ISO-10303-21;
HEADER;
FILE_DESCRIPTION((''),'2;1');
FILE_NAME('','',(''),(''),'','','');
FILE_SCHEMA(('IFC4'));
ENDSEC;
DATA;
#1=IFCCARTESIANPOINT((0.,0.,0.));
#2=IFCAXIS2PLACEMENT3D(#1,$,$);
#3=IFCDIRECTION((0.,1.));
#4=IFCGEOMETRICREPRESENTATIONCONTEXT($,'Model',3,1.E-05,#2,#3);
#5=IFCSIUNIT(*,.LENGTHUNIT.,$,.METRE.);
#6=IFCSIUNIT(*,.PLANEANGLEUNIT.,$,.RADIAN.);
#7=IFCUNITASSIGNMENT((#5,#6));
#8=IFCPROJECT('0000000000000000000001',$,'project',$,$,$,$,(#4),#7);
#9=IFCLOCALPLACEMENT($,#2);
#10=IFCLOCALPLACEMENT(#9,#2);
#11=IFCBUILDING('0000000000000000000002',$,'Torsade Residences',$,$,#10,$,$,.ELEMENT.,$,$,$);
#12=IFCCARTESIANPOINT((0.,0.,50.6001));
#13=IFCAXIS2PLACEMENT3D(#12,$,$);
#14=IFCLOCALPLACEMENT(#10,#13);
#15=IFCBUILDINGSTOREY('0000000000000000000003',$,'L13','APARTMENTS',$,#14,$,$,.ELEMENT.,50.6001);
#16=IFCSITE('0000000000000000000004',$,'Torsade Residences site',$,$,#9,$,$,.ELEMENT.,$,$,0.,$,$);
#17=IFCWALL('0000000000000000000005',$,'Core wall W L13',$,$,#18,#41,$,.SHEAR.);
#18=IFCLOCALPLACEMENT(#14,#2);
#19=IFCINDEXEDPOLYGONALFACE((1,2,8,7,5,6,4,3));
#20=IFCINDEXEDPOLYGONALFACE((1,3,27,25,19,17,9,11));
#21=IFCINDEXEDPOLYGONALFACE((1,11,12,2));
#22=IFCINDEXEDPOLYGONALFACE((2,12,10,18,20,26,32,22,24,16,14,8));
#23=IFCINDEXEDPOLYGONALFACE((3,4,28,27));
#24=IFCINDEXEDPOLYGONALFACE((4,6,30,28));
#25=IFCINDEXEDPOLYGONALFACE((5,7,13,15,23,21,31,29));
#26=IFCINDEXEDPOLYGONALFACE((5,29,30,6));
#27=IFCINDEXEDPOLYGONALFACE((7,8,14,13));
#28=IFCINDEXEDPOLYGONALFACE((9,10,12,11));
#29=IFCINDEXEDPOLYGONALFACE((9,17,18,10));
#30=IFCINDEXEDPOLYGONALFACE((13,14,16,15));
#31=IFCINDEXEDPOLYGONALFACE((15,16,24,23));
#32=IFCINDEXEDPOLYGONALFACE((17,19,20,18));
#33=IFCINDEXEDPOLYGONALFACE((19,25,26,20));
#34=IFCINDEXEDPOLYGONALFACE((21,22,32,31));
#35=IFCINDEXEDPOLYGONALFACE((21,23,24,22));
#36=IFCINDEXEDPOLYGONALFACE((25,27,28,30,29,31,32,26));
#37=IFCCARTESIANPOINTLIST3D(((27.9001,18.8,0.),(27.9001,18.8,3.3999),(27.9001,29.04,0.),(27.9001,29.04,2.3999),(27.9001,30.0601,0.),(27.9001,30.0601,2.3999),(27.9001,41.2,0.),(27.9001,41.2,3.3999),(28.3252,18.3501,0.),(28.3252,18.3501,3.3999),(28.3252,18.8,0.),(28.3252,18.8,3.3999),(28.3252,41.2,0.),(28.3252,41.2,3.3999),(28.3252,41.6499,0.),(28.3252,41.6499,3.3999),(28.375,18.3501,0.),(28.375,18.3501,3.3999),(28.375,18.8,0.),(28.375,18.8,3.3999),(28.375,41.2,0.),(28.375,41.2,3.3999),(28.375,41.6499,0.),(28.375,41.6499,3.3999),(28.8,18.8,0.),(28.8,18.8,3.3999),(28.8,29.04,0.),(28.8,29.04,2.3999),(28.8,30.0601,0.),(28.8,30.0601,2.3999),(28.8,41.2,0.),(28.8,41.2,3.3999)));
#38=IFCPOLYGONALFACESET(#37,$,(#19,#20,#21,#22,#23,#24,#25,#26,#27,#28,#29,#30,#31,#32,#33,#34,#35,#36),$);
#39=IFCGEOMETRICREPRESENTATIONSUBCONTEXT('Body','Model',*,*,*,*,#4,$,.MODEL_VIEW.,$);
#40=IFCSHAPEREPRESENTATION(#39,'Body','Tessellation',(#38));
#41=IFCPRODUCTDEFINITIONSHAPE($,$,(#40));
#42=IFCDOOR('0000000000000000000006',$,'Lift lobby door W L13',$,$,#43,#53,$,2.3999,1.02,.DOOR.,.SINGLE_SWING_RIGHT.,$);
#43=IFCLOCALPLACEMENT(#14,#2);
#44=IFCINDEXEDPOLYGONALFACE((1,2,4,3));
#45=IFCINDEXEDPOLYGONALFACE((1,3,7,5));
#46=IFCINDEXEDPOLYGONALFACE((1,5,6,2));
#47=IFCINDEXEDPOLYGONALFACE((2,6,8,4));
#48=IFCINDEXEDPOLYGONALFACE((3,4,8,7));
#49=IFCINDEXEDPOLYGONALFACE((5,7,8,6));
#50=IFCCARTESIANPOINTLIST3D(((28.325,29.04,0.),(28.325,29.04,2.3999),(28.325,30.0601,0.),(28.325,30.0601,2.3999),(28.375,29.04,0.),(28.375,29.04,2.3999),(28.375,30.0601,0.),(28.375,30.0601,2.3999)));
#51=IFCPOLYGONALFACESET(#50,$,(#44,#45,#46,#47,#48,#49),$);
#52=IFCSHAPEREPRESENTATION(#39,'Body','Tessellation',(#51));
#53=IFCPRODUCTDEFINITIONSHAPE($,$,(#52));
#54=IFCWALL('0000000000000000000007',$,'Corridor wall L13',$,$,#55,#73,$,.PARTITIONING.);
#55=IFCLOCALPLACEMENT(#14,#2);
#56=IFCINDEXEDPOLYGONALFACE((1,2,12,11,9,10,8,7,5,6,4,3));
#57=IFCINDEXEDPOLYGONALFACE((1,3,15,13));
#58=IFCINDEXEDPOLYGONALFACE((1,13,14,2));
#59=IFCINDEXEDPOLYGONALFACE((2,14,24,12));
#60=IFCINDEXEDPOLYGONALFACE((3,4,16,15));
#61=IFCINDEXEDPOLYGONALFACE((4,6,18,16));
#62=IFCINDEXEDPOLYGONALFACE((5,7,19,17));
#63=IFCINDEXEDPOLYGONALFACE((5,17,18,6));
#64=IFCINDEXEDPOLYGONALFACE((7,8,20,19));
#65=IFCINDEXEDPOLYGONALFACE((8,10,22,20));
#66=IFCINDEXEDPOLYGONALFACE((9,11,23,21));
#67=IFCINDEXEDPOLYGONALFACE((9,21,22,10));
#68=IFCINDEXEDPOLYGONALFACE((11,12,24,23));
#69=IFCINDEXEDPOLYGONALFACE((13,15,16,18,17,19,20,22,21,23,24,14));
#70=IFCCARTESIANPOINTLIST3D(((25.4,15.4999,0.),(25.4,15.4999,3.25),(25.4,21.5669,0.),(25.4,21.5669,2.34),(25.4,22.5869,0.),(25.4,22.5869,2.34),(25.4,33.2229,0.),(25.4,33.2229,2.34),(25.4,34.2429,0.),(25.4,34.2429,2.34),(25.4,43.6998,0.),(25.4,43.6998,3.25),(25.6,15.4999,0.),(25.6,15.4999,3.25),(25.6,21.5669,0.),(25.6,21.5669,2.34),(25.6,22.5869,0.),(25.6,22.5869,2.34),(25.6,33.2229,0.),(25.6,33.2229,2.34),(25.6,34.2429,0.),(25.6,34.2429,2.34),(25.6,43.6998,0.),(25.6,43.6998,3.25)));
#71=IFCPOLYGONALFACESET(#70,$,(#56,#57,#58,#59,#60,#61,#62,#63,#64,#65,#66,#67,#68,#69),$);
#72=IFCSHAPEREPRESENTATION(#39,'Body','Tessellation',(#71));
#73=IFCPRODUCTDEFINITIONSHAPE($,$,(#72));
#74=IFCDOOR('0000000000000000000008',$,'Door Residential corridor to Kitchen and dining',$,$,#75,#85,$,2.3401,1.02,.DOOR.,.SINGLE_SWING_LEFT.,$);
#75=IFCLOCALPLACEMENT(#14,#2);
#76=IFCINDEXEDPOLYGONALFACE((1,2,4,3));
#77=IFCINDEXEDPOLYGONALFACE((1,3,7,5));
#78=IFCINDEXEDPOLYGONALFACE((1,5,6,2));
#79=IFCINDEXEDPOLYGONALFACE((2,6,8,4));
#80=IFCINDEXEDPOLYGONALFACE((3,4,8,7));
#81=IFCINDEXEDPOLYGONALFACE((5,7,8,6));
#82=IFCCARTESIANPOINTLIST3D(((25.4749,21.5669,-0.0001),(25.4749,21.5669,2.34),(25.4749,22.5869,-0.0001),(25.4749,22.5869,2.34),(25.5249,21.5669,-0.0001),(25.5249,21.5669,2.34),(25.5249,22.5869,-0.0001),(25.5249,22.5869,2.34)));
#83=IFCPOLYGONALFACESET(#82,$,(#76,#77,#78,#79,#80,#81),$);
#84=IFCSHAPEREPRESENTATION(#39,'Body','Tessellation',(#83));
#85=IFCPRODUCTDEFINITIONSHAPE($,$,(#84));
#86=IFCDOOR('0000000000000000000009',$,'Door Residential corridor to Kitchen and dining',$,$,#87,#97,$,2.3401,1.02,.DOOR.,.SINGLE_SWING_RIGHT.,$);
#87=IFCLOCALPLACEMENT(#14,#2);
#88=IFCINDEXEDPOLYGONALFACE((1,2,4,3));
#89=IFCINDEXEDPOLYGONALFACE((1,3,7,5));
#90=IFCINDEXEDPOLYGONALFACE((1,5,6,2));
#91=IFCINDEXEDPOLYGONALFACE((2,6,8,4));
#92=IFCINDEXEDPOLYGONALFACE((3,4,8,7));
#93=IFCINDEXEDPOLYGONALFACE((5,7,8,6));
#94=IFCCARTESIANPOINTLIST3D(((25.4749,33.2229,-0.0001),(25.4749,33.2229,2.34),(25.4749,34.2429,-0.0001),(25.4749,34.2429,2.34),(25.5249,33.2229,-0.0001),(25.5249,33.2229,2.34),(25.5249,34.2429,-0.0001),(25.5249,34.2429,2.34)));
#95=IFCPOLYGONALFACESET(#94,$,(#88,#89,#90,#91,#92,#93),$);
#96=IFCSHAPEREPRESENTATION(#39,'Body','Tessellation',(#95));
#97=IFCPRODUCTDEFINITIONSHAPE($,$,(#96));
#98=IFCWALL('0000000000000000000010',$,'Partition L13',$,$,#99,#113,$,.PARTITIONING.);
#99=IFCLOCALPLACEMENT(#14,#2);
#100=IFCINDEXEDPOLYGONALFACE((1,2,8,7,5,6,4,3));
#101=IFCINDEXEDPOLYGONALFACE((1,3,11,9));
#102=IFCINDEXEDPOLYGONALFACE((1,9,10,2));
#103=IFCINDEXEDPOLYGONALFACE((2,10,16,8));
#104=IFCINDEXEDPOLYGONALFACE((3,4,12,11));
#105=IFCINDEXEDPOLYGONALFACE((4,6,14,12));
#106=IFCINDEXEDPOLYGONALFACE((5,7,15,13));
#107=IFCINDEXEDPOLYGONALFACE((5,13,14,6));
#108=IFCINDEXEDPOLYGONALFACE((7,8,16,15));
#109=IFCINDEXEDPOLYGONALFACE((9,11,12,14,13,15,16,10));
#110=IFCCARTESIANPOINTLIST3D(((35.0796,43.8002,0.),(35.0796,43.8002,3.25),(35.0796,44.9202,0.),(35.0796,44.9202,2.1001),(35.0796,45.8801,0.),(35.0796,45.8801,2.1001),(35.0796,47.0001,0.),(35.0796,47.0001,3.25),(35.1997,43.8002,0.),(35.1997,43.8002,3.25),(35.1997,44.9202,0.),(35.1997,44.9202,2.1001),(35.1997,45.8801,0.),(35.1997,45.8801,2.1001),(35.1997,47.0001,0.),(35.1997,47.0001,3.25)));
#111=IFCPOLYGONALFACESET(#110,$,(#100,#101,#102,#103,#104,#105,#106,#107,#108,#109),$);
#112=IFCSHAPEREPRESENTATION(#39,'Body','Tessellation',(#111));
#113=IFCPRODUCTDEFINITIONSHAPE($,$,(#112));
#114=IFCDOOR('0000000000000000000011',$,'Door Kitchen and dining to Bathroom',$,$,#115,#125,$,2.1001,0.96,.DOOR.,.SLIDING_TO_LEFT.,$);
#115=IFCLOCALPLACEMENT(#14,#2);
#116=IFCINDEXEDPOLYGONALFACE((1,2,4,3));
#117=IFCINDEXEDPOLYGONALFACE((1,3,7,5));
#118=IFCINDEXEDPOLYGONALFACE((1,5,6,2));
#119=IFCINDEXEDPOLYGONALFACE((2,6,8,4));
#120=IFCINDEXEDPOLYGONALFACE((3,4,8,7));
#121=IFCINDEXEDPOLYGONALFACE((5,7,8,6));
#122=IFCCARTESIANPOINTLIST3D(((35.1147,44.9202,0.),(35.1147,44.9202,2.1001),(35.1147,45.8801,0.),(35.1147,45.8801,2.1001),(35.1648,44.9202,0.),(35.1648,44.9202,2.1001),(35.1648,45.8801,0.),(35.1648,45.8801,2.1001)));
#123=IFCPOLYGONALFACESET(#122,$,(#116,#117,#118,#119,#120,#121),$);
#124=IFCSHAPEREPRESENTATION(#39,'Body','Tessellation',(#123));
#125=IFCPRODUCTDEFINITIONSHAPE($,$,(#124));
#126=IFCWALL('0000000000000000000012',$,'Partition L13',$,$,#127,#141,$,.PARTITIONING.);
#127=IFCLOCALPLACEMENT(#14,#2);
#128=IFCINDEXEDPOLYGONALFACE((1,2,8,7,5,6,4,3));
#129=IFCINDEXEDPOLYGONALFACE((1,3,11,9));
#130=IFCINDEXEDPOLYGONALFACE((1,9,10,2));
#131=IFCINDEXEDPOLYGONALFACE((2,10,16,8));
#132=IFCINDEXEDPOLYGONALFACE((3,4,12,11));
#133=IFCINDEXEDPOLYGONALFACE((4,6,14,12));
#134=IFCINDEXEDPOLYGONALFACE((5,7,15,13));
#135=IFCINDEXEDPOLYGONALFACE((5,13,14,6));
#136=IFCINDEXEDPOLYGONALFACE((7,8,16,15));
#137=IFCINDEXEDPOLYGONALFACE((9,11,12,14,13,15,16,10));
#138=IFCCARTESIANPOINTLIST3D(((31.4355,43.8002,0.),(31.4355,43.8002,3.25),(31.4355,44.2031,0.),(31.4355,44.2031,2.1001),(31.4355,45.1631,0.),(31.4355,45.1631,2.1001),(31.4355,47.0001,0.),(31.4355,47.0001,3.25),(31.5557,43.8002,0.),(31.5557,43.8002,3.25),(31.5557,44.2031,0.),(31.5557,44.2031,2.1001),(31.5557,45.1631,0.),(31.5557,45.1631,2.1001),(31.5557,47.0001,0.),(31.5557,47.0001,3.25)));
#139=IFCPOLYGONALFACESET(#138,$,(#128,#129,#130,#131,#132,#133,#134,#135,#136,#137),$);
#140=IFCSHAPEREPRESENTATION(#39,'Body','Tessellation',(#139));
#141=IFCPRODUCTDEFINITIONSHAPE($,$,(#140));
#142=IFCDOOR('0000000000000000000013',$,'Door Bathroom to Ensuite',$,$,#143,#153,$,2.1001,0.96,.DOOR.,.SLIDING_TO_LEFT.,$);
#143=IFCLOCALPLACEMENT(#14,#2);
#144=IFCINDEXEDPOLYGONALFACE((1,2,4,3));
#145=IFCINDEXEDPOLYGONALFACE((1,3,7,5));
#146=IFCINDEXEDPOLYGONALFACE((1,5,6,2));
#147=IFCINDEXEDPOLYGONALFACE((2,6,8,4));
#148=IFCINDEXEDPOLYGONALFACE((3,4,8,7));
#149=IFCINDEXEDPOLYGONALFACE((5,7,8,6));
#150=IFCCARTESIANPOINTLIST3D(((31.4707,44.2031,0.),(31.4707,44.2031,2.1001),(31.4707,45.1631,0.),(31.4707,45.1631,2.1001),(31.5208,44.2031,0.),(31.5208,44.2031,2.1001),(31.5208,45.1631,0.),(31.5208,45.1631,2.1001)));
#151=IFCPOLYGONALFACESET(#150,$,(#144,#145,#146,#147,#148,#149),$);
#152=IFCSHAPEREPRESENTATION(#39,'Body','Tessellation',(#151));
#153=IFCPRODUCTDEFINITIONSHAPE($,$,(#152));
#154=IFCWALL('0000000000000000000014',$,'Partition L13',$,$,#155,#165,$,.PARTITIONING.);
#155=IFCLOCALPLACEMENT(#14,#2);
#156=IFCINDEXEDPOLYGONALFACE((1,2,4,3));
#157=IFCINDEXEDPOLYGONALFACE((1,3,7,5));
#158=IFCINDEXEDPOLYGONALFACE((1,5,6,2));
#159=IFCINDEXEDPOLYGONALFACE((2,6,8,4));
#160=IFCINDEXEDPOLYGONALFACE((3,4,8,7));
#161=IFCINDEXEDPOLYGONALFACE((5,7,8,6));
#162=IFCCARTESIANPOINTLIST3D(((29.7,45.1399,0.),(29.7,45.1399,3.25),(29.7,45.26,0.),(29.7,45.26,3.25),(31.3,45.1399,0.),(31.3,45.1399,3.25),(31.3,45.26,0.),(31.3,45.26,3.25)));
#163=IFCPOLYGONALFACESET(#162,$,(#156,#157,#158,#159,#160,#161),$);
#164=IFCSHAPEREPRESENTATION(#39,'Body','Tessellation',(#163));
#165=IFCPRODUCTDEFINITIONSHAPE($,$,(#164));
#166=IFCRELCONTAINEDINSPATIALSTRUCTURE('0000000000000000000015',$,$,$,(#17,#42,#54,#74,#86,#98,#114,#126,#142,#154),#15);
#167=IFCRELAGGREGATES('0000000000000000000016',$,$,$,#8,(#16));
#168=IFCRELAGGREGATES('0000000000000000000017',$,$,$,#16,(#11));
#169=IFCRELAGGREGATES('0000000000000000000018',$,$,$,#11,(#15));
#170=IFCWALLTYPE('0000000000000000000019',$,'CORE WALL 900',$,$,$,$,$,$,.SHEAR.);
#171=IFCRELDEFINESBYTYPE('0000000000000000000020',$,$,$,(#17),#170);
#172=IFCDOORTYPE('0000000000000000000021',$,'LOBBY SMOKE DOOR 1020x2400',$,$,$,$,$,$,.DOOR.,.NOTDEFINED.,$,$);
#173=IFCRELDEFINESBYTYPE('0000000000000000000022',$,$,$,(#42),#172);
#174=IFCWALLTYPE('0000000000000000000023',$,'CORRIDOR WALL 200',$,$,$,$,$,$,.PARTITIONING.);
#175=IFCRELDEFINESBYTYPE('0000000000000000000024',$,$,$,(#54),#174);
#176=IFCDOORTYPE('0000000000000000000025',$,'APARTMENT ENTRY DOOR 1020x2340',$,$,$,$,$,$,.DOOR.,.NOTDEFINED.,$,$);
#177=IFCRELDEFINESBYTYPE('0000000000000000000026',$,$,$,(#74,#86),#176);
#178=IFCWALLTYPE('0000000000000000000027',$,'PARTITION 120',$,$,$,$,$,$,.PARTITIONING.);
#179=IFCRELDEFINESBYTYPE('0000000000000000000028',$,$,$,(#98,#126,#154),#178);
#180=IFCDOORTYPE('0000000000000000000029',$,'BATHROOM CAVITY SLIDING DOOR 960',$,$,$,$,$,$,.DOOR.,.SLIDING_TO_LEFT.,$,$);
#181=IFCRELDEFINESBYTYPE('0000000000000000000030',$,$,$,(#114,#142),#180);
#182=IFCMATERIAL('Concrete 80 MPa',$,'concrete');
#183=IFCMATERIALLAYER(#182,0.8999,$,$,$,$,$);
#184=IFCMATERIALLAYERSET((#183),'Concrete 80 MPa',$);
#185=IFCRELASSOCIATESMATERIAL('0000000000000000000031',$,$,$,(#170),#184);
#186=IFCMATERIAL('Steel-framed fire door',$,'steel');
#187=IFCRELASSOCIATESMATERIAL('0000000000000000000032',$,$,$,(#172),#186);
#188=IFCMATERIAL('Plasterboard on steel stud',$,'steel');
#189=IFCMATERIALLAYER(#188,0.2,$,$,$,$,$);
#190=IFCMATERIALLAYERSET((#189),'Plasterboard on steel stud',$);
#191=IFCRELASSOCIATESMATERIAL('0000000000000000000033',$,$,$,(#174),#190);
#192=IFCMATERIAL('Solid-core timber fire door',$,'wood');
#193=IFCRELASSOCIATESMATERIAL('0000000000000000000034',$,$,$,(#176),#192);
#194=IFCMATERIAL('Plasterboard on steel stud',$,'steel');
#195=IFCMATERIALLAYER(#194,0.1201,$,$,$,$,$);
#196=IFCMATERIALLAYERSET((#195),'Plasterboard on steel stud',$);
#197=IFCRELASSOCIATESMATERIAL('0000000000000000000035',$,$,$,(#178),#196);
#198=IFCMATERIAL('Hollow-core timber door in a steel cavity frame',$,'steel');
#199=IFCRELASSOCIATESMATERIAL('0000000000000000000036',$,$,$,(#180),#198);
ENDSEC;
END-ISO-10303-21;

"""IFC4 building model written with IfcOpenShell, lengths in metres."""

from ifc_helpers import new_model, si_unit, direction, frame, frame_2d, origin, place, context, subcontext, project, spatial, polyline, rectangle, outline, extrude, material, layer, layer_set, type_object, element, fill, save


model = new_model("IFC4")

# Units and contexts
model_context = context("Model", 3, precision=1e-05, world=origin(), true_north=direction((0.0, 1.0)))
body_context = subcontext(model_context, "Body", "Model", "MODEL_VIEW")
ifc_project = project(units=[si_unit("LENGTHUNIT", "METRE"), si_unit("PLANEANGLEUNIT", "RADIAN")], contexts=[model_context])

# Site, building, storey
site_placement = place(None, origin())
site = spatial("IfcSite", under=ifc_project, at=site_placement, Name="Torsade Residences site", CompositionType="ELEMENT", RefElevation=0.0)
building_placement = place(site_placement, origin())
building = spatial("IfcBuilding", under=site, at=building_placement, Name="Torsade Residences", CompositionType="ELEMENT")
storey_placement = place(building_placement, frame((0.0, 0.0, 50.6001)))
storey = spatial("IfcBuildingStorey", under=building, at=storey_placement, Name="L13", Description="APARTMENTS", CompositionType="ELEMENT", Elevation=50.6001)

# Shared definitions
ifc_material_1 = material(Name="Concrete 80 MPa", Category="concrete")
ifc_layer_1 = layer(ifc_material_1, 0.8999)
ifc_layer_set_1 = layer_set([ifc_layer_1], Name="Concrete 80 MPa")
wall_type_1 = type_object("IfcWallType", Name="CORE WALL 900", PredefinedType="SHEAR", material=ifc_layer_set_1)

# Wall, opening, door
wall_1_placement = place(storey_placement, frame((28.3501, 41.2, 0.0), z_axis=(0.0, 0.0, 1.0), x_axis=(0.0, -1.0, 0.0)))
wall_1 = element("IfcWall", 1, at=wall_1_placement, inside=storey, type_object=wall_type_1, Name="Core wall W L13", PredefinedType="SHEAR", context=body_context, shape_type="SweptSolid", body=[
    extrude(outline(polyline([(0.0, -0.45), (22.3999, -0.45), (22.3999, -0.0249), (22.8499, -0.0249), (22.8499, 0.0249), (22.3999, 0.0249), (22.3999, 0.45), (0.0, 0.45), (0.0, 0.0249), (-0.45, 0.0249), (-0.45, -0.0249), (0.0, -0.0249), (0.0, -0.45)])), origin(), (0.0, 0.0, 1.0), 3.3999),
])
opening_1_placement = place(wall_1_placement, frame((11.1399, 0.0, 0.0)))
opening_1 = element("IfcOpeningElement", 2, at=opening_1_placement, cuts=wall_1, PredefinedType="OPENING", context=body_context, shape_type="SweptSolid", body=[
    extrude(rectangle(XDim=1.02, YDim=2.3999, at=frame_2d((0.51, 1.2))), frame((0.0, 0.46, 0.0), z_axis=(0.0, -1.0, 0.0), x_axis=(1.0, 0.0, 0.0)), (0.0, 0.0, 1.0), 0.9199),
])
ifc_material_2 = material(Name="Steel-framed fire door", Category="steel")
door_type_1 = type_object("IfcDoorType", Name="LOBBY SMOKE DOOR 1020x2400", OperationType="NOTDEFINED", PredefinedType="DOOR", material=ifc_material_2)
door_1_placement = place(opening_1_placement, origin())
door_1 = element("IfcDoor", 3, at=door_1_placement, inside=storey, type_object=door_type_1, Name="Lift lobby door W L13", OperationType="SINGLE_SWING_RIGHT", OverallHeight=2.3999, OverallWidth=1.02, PredefinedType="DOOR", context=body_context, shape_type="SweptSolid", body=[
    extrude(rectangle(XDim=1.02, YDim=2.3999, at=frame_2d((0.51, 1.2))), frame((0.0, 0.0249, 0.0), z_axis=(0.0, -1.0, 0.0), x_axis=(1.0, 0.0, 0.0)), (0.0, 0.0, 1.0), 0.05),
])
fill(opening_1, door_1)

# Wall, openings, doors
ifc_material_3 = material(Name="Plasterboard on steel stud", Category="steel")
ifc_layer_2 = layer(ifc_material_3, 0.2)
ifc_layer_set_2 = layer_set([ifc_layer_2], Name="Plasterboard on steel stud")
wall_type_2 = type_object("IfcWallType", Name="CORRIDOR WALL 200", PredefinedType="PARTITIONING", material=ifc_layer_set_2)
wall_2_placement = place(storey_placement, frame((25.5, 43.7, 0.0), z_axis=(0.0, 0.0, 1.0), x_axis=(0.0, -1.0, 0.0)))
wall_2 = element("IfcWall", 4, at=wall_2_placement, inside=storey, type_object=wall_type_2, Name="Corridor wall L13", PredefinedType="PARTITIONING", context=body_context, shape_type="SweptSolid", body=[
    extrude(rectangle(XDim=28.2, YDim=0.2, at=frame_2d((14.1001, 0.0))), origin(), (0.0, 0.0, 1.0), 3.25),
])
opening_2_placement = place(wall_2_placement, frame((21.113, 0.0, 0.0)))
opening_2 = element("IfcOpeningElement", 5, at=opening_2_placement, cuts=wall_2, PredefinedType="OPENING", context=body_context, shape_type="SweptSolid", body=[
    extrude(rectangle(XDim=1.02, YDim=2.3401, at=frame_2d((0.51, 1.1699))), frame((0.0, 0.1099, 0.0), z_axis=(0.0, -1.0, 0.0), x_axis=(1.0, 0.0, 0.0)), (0.0, 0.0, 1.0), 0.22),
])
opening_3_placement = place(wall_2_placement, frame((9.457, 0.0, 0.0)))
opening_3 = element("IfcOpeningElement", 6, at=opening_3_placement, cuts=wall_2, PredefinedType="OPENING", context=body_context, shape_type="SweptSolid", body=[
    extrude(rectangle(XDim=1.02, YDim=2.3401, at=frame_2d((0.51, 1.1699))), frame((0.0, 0.1099, 0.0), z_axis=(0.0, -1.0, 0.0), x_axis=(1.0, 0.0, 0.0)), (0.0, 0.0, 1.0), 0.22),
])
ifc_material_4 = material(Name="Solid-core timber fire door", Category="wood")
door_type_2 = type_object("IfcDoorType", Name="APARTMENT ENTRY DOOR 1020x2340", OperationType="NOTDEFINED", PredefinedType="DOOR", material=ifc_material_4)
door_2_placement = place(opening_2_placement, origin())
door_2 = element("IfcDoor", 7, at=door_2_placement, inside=storey, type_object=door_type_2, Name="Door Residential corridor to Kitchen and dining", OperationType="SINGLE_SWING_LEFT", OverallHeight=2.3401, OverallWidth=1.02, PredefinedType="DOOR", context=body_context, shape_type="SweptSolid", body=[
    extrude(rectangle(XDim=1.02, YDim=2.3401, at=frame_2d((0.51, 1.1699))), frame((0.0, 0.0249, 0.0), z_axis=(0.0, -1.0, 0.0), x_axis=(1.0, 0.0, 0.0)), (0.0, 0.0, 1.0), 0.05),
])
fill(opening_2, door_2)
door_3_placement = place(opening_3_placement, origin())
door_3 = element("IfcDoor", 8, at=door_3_placement, inside=storey, type_object=door_type_2, Name="Door Residential corridor to Kitchen and dining", OperationType="SINGLE_SWING_RIGHT", OverallHeight=2.3401, OverallWidth=1.02, PredefinedType="DOOR", context=body_context, shape_type="SweptSolid", body=[
    extrude(rectangle(XDim=1.02, YDim=2.3401, at=frame_2d((0.51, 1.1699))), frame((0.0, 0.0249, 0.0), z_axis=(0.0, -1.0, 0.0), x_axis=(1.0, 0.0, 0.0)), (0.0, 0.0, 1.0), 0.05),
])
fill(opening_3, door_3)

# Walls, openings, doors
ifc_material_5 = material(Name="Plasterboard on steel stud", Category="steel")
ifc_layer_3 = layer(ifc_material_5, 0.1201)
ifc_layer_set_3 = layer_set([ifc_layer_3], Name="Plasterboard on steel stud")
wall_type_3 = type_object("IfcWallType", Name="PARTITION 120", PredefinedType="PARTITIONING", material=ifc_layer_set_3)
wall_3_placement = place(storey_placement, frame((35.1396, 43.8, 0.0), z_axis=(0.0, 0.0, 1.0), x_axis=(0.0, 1.0, 0.0)))
wall_3 = element("IfcWall", 9, at=wall_3_placement, inside=storey, type_object=wall_type_3, Name="Partition L13", PredefinedType="PARTITIONING", context=body_context, shape_type="SweptSolid", body=[
    extrude(rectangle(XDim=3.2, YDim=0.1201, at=frame_2d((1.6001, 0.0))), origin(), (0.0, 0.0, 1.0), 3.25),
])
opening_4_placement = place(wall_3_placement, frame((1.1201, 0.0, 0.0)))
opening_4 = element("IfcOpeningElement", 10, at=opening_4_placement, cuts=wall_3, PredefinedType="OPENING", context=body_context, shape_type="SweptSolid", body=[
    extrude(rectangle(XDim=0.96, YDim=2.1001, at=frame_2d((0.48, 1.05))), frame((0.0, 0.0701, 0.0), z_axis=(0.0, -1.0, 0.0), x_axis=(1.0, 0.0, 0.0)), (0.0, 0.0, 1.0), 0.1401),
])
ifc_material_6 = material(Name="Hollow-core timber door in a steel cavity frame", Category="steel")
door_type_3 = type_object("IfcDoorType", Name="BATHROOM CAVITY SLIDING DOOR 960", OperationType="SLIDING_TO_LEFT", PredefinedType="DOOR", material=ifc_material_6)
door_4_placement = place(opening_4_placement, origin())
door_4 = element("IfcDoor", 11, at=door_4_placement, inside=storey, type_object=door_type_3, Name="Door Kitchen and dining to Bathroom", OperationType="SLIDING_TO_LEFT", OverallHeight=2.1001, OverallWidth=0.96, PredefinedType="DOOR", context=body_context, shape_type="SweptSolid", body=[
    extrude(rectangle(XDim=0.96, YDim=2.1001, at=frame_2d((0.48, 1.05))), frame((0.0, 0.0249, 0.0), z_axis=(0.0, -1.0, 0.0), x_axis=(1.0, 0.0, 0.0)), (0.0, 0.0, 1.0), 0.05),
])
fill(opening_4, door_4)
wall_4_placement = place(storey_placement, frame((31.4956, 43.8, 0.0), z_axis=(0.0, 0.0, 1.0), x_axis=(0.0, 1.0, 0.0)))
wall_4 = element("IfcWall", 12, at=wall_4_placement, inside=storey, type_object=wall_type_3, Name="Partition L13", PredefinedType="PARTITIONING", context=body_context, shape_type="SweptSolid", body=[
    extrude(rectangle(XDim=3.2, YDim=0.1201, at=frame_2d((1.6001, 0.0))), origin(), (0.0, 0.0, 1.0), 3.25),
])
opening_5_placement = place(wall_4_placement, frame((0.4031, 0.0, 0.0)))
opening_5 = element("IfcOpeningElement", 13, at=opening_5_placement, cuts=wall_4, PredefinedType="OPENING", context=body_context, shape_type="SweptSolid", body=[
    extrude(rectangle(XDim=0.96, YDim=2.1001, at=frame_2d((0.48, 1.05))), frame((0.0, 0.0701, 0.0), z_axis=(0.0, -1.0, 0.0), x_axis=(1.0, 0.0, 0.0)), (0.0, 0.0, 1.0), 0.1401),
])
door_5_placement = place(opening_5_placement, origin())
door_5 = element("IfcDoor", 14, at=door_5_placement, inside=storey, type_object=door_type_3, Name="Door Bathroom to Ensuite", OperationType="SLIDING_TO_LEFT", OverallHeight=2.1001, OverallWidth=0.96, PredefinedType="DOOR", context=body_context, shape_type="SweptSolid", body=[
    extrude(rectangle(XDim=0.96, YDim=2.1001, at=frame_2d((0.48, 1.05))), frame((0.0, 0.0249, 0.0), z_axis=(0.0, -1.0, 0.0), x_axis=(1.0, 0.0, 0.0)), (0.0, 0.0, 1.0), 0.05),
])
fill(opening_5, door_5)

# Wall
wall_5_placement = place(storey_placement, frame((29.7, 45.2, 0.0), z_axis=(0.0, 0.0, 1.0), x_axis=(1.0, 0.0, 0.0)))
element("IfcWall", 15, at=wall_5_placement, inside=storey, type_object=wall_type_3, Name="Partition L13", PredefinedType="PARTITIONING", context=body_context, shape_type="SweptSolid", body=[
    extrude(rectangle(XDim=1.6001, YDim=0.1201, at=frame_2d((0.8, 0.0))), origin(), (0.0, 0.0, 1.0), 3.25),
])

save(model, "model.ifc")
